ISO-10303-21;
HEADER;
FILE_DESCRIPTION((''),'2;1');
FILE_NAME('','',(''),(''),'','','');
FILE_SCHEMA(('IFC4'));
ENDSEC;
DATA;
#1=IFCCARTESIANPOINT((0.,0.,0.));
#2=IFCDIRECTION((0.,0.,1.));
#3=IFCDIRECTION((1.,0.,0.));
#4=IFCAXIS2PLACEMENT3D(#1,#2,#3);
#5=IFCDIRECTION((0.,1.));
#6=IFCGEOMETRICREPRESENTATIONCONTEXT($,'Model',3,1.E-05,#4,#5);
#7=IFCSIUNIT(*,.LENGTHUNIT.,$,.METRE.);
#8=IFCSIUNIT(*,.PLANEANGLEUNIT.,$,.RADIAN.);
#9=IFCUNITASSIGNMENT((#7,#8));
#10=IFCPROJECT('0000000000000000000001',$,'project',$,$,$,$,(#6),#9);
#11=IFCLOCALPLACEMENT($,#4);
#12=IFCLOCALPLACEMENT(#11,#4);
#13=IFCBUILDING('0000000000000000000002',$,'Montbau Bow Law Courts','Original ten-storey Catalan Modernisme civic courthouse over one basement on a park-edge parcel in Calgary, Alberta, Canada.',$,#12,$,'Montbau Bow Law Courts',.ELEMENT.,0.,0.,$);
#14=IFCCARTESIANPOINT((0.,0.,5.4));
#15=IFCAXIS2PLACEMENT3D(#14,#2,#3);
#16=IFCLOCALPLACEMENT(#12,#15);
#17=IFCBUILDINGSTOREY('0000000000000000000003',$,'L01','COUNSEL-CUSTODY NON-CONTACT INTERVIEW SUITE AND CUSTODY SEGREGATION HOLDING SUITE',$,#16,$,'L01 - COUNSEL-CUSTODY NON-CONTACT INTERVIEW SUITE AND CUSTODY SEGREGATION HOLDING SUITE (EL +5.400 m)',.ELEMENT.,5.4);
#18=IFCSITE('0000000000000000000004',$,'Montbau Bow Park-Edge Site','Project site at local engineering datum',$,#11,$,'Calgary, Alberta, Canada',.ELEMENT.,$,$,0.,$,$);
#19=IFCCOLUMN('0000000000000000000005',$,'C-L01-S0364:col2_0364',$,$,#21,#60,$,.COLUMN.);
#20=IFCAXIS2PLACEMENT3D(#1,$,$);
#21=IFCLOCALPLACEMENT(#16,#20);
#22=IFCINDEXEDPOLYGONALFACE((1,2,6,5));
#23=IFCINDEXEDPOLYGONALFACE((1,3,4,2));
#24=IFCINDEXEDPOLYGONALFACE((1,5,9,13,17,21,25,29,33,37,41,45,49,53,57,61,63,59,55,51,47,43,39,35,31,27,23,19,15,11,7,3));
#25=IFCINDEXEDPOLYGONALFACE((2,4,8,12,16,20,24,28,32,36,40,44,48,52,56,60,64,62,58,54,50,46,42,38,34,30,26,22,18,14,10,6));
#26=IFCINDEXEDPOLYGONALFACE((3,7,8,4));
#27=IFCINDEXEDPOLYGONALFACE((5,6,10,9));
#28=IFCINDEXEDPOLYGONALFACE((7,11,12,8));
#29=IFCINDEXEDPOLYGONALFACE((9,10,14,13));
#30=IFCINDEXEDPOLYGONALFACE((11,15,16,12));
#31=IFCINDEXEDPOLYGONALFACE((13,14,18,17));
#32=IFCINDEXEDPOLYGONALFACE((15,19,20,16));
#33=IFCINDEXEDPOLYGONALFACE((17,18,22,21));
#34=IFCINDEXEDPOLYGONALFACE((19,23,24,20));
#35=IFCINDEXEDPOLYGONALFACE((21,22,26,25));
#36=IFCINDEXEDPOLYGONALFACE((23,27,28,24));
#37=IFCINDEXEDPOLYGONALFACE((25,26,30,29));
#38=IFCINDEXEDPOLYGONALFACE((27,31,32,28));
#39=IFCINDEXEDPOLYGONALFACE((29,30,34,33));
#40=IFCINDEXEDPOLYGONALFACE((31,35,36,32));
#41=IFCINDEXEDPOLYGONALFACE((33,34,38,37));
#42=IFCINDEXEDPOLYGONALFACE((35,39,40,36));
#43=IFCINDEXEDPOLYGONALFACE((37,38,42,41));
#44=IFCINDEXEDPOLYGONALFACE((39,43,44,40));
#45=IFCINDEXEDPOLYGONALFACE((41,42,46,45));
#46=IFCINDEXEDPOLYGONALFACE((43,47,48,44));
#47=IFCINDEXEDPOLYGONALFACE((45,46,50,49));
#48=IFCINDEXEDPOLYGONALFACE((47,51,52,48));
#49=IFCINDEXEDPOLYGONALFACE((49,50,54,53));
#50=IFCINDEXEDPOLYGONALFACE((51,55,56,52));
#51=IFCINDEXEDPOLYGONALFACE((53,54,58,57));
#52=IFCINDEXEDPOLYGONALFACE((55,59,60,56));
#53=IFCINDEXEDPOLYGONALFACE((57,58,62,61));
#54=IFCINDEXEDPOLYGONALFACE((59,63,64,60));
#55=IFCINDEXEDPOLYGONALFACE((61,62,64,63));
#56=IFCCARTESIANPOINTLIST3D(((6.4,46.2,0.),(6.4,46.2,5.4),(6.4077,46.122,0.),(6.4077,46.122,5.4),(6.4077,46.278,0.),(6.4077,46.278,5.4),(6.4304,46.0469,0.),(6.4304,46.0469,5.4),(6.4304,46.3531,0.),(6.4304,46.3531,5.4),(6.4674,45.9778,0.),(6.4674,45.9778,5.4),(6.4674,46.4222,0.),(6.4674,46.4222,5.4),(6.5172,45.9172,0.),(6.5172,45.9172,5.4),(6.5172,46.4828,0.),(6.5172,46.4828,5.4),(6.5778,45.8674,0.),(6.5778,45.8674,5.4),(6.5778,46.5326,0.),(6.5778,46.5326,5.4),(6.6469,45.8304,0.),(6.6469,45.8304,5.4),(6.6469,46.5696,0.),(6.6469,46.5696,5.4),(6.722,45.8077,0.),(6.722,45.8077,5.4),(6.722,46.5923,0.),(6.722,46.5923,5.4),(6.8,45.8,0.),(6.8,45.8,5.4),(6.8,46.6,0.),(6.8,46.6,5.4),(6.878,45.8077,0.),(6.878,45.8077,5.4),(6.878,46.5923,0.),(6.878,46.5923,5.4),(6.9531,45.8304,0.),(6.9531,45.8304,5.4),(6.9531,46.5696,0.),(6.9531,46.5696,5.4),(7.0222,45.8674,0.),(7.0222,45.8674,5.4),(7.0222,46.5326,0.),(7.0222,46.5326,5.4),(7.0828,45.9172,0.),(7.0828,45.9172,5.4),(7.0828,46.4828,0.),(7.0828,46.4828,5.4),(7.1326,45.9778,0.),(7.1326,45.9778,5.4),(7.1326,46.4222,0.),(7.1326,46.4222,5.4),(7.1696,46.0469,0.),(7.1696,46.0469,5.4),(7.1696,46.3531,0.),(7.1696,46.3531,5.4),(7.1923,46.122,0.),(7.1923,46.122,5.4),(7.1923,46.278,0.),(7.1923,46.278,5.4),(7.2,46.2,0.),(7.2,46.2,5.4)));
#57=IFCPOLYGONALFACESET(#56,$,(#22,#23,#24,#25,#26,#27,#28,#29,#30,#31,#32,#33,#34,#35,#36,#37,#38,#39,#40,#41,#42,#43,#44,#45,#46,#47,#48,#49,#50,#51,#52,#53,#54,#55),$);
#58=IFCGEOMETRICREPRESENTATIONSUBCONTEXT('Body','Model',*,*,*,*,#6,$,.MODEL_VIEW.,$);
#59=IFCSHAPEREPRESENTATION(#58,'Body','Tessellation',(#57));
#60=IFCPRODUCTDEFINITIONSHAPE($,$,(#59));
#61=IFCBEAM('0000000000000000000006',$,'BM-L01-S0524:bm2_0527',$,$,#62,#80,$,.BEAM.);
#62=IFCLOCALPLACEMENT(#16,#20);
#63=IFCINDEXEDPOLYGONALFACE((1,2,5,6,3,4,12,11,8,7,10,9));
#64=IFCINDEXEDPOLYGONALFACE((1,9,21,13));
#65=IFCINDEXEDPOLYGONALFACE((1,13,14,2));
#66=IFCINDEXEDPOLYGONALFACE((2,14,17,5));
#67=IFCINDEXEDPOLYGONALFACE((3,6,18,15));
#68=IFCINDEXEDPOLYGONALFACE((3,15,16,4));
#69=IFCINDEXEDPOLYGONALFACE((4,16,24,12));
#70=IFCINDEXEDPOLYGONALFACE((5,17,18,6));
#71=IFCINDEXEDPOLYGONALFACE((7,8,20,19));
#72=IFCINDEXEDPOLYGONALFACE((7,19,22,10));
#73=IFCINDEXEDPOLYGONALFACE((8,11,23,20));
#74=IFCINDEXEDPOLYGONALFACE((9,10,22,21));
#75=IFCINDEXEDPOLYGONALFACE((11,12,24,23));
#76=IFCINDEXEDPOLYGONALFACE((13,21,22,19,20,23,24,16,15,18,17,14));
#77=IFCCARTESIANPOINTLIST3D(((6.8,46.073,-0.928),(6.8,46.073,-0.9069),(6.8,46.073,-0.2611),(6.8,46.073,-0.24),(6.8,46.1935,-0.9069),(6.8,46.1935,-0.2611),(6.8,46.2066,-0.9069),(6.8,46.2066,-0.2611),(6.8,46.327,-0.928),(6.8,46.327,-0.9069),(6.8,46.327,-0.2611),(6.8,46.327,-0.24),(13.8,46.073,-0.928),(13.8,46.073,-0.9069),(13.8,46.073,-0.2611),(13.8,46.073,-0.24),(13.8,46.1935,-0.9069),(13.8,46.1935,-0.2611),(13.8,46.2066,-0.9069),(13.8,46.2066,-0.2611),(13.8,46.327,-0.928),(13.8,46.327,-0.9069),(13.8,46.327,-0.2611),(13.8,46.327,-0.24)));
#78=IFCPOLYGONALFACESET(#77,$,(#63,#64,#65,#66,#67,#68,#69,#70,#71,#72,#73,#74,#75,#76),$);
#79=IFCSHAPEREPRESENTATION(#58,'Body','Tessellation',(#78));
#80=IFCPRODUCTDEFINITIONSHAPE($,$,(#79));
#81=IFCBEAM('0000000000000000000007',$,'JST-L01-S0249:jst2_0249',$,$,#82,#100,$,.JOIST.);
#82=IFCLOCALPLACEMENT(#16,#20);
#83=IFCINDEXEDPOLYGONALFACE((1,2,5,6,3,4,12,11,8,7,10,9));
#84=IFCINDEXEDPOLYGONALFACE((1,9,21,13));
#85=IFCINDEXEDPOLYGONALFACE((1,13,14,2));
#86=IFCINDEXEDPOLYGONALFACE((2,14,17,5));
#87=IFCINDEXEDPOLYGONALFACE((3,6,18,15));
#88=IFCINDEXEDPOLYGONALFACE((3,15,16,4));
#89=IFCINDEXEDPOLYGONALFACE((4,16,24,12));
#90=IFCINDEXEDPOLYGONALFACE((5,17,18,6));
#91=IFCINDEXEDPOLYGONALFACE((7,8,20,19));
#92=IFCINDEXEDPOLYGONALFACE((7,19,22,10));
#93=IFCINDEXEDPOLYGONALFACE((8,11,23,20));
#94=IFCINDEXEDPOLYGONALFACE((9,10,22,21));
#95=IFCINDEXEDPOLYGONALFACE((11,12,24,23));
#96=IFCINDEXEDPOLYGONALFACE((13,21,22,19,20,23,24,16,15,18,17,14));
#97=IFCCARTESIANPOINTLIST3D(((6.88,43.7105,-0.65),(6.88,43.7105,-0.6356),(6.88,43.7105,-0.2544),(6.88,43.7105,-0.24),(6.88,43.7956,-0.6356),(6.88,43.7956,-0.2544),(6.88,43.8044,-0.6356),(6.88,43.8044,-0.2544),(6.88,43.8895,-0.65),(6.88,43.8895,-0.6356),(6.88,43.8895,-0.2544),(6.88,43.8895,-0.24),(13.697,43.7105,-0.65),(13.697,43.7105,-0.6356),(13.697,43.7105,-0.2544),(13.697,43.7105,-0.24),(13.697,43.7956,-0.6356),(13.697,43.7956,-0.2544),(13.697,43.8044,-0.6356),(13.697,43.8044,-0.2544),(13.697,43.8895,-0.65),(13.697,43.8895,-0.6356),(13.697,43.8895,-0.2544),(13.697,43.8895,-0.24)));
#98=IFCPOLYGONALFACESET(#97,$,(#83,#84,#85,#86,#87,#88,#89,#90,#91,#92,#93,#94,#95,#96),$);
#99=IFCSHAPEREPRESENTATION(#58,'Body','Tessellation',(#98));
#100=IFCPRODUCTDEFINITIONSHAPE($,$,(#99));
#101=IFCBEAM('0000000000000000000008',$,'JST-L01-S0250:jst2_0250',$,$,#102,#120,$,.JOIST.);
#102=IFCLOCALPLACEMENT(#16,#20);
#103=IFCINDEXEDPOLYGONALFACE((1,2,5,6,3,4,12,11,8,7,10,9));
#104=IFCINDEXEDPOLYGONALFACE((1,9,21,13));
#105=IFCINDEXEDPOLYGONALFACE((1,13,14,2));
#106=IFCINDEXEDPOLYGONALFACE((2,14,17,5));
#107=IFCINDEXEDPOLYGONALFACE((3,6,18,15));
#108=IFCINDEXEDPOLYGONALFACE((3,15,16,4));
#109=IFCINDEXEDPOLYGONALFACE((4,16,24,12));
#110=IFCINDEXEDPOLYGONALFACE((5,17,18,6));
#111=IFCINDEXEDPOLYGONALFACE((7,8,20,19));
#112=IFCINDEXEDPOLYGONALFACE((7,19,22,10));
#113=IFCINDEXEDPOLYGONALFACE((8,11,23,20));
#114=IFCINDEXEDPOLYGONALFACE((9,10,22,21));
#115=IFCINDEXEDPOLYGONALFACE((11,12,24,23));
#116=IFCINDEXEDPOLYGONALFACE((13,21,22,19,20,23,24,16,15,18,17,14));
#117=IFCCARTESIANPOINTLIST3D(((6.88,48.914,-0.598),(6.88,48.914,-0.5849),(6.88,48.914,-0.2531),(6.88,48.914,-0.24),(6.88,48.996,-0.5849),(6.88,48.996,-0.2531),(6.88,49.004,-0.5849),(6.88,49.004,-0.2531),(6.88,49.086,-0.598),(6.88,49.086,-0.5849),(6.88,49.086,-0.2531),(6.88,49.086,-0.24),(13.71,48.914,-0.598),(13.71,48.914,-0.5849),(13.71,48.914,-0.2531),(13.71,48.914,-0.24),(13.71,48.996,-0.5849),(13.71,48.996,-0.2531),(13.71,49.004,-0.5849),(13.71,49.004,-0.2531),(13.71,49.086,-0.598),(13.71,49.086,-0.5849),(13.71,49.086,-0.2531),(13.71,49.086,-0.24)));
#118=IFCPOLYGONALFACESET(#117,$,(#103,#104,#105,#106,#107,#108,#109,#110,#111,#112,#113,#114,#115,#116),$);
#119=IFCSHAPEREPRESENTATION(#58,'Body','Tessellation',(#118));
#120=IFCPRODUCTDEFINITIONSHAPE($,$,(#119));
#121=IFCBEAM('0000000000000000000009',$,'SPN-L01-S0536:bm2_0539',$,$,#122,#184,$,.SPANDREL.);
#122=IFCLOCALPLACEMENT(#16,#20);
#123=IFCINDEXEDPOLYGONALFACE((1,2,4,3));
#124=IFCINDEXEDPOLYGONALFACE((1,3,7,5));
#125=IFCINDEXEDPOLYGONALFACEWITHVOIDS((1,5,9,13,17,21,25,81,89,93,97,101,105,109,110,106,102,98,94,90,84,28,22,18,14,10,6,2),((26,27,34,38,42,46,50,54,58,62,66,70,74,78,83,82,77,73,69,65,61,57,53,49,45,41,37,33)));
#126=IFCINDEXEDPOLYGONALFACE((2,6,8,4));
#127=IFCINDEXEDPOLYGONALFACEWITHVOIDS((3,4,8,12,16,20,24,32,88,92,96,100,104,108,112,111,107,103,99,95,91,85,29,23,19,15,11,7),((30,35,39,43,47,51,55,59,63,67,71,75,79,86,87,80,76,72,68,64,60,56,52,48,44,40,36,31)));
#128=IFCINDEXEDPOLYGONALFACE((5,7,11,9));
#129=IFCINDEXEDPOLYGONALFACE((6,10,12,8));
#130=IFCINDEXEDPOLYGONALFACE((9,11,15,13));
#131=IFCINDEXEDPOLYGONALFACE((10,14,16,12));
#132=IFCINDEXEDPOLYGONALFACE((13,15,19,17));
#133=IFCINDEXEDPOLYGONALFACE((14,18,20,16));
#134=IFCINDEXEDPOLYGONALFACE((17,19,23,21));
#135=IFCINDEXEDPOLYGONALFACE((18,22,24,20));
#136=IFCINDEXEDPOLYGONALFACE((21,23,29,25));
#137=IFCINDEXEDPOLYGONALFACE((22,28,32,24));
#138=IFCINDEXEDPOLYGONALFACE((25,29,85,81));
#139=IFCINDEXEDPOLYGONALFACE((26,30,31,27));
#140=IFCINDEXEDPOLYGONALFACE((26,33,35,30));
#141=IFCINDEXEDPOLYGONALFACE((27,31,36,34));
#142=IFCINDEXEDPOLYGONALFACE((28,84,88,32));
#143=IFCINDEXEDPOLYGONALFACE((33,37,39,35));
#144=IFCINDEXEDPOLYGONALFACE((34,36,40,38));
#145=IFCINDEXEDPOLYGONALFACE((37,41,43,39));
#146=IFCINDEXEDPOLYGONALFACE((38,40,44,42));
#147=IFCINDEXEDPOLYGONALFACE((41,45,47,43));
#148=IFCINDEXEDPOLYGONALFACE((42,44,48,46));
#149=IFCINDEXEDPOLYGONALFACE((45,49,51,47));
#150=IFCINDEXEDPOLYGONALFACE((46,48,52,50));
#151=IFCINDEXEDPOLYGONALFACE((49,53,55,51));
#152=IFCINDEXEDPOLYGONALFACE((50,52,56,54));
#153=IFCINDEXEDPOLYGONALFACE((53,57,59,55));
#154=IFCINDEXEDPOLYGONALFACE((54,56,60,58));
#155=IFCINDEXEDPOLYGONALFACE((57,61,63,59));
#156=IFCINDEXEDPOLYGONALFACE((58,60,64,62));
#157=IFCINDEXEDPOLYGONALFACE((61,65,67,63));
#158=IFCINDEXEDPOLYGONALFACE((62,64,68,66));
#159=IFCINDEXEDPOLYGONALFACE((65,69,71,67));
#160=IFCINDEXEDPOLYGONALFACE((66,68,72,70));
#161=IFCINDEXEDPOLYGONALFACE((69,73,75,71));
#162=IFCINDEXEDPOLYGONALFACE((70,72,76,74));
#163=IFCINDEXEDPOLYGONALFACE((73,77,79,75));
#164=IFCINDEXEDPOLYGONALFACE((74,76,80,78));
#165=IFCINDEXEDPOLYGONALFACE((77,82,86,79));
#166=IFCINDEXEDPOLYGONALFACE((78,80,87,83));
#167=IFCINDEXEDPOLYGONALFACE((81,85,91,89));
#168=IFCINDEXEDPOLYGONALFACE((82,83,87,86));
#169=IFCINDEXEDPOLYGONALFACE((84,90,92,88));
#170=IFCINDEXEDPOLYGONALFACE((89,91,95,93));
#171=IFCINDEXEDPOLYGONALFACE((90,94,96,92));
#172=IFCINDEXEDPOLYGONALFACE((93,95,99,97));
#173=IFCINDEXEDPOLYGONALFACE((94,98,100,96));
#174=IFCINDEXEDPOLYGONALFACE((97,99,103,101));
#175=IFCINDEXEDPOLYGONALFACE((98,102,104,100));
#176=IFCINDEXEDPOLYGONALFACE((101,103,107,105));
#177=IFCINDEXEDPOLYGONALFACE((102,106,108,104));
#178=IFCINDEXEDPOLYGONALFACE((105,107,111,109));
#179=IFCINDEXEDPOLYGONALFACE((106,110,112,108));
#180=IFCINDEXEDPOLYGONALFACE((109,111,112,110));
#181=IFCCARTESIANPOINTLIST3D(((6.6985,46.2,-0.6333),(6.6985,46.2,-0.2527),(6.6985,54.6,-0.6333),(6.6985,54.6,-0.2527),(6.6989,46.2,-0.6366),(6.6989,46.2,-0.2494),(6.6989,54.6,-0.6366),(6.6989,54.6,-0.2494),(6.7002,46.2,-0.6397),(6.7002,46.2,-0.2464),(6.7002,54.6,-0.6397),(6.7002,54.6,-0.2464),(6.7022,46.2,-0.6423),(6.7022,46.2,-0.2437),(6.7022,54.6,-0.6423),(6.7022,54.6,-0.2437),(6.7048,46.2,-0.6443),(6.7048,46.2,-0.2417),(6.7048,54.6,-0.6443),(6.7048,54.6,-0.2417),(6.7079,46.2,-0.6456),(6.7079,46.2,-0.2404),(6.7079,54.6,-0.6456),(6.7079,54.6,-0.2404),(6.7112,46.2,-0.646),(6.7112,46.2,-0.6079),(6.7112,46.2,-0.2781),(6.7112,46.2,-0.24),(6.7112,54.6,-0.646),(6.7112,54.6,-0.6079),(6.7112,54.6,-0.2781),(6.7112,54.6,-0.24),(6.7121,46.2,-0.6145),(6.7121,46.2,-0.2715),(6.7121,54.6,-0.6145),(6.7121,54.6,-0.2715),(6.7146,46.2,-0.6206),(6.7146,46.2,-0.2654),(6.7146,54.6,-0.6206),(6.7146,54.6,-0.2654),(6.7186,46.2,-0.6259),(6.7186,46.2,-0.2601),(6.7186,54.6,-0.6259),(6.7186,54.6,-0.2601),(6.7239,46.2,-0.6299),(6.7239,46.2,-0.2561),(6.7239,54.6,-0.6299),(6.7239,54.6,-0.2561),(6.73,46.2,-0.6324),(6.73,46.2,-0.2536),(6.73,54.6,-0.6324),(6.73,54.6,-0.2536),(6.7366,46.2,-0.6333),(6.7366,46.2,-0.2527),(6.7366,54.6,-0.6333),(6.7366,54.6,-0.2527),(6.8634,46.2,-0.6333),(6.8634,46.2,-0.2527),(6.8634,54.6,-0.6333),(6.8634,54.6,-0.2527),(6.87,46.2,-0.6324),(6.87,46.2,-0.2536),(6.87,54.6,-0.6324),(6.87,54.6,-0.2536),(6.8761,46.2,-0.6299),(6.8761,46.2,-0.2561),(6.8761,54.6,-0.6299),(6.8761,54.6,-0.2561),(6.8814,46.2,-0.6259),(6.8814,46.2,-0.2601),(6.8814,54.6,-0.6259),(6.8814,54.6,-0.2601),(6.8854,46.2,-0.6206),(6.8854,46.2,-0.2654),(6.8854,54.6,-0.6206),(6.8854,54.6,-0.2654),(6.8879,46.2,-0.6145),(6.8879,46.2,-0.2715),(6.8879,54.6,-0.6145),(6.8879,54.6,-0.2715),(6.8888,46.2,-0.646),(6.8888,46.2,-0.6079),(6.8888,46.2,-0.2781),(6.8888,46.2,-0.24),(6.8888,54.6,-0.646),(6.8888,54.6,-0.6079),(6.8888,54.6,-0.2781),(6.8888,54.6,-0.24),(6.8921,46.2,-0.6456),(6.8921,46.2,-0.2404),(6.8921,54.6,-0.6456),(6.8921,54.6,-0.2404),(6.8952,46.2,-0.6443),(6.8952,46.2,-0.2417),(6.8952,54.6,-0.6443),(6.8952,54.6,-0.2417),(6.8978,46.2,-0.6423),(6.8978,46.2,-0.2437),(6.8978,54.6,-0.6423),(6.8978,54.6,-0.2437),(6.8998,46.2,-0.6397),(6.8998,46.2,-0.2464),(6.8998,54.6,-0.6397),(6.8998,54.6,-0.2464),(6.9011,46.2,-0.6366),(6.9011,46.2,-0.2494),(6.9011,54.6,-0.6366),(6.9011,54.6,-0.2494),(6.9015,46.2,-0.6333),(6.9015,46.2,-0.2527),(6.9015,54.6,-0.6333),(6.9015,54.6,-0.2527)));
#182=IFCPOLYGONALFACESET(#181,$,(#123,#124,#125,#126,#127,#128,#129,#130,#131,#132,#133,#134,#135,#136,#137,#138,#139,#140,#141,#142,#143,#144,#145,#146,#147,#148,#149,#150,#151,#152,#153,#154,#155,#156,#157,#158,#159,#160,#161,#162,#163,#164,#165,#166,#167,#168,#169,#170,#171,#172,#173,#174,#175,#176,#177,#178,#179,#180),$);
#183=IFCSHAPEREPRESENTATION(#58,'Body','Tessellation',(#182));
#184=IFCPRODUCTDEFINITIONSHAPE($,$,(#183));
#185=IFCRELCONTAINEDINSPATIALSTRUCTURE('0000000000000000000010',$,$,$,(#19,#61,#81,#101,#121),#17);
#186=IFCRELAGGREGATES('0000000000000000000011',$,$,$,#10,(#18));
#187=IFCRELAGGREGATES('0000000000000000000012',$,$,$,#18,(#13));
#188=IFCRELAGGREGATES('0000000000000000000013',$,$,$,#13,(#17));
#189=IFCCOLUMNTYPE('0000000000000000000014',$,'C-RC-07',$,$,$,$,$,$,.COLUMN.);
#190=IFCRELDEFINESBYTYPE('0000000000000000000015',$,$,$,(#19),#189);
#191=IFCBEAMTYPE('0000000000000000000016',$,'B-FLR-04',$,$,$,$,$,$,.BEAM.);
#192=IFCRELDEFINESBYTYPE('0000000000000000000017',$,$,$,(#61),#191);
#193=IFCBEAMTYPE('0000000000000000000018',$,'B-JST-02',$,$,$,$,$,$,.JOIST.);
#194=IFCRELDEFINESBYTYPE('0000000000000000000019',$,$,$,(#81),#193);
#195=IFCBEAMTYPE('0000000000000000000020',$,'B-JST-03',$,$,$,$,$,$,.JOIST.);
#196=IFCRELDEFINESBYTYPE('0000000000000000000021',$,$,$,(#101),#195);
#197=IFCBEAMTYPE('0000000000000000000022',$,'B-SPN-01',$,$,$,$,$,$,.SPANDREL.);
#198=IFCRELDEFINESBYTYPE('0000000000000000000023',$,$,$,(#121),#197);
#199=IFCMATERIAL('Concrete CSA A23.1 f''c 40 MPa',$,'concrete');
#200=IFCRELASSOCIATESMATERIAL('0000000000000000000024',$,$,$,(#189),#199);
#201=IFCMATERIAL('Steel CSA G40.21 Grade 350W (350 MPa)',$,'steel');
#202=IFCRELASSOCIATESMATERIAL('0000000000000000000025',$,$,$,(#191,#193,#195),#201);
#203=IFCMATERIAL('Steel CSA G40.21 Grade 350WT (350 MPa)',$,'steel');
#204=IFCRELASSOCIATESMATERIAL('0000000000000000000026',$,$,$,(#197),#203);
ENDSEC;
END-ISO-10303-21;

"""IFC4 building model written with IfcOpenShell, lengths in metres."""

from ifc_helpers import new_model, si_unit, direction, frame, origin_with_axes, origin_2d_with_axis, place, context, subcontext, project, spatial, hollow_rectangle, circle, i_section, extrude, material, material_profile, profile_set, type_object, element, save


model = new_model("IFC4")

# Units and contexts
model_context = context("Model", 3, precision=1e-05, world=origin_with_axes(), true_north=direction((0.0, 1.0)))
body_context = subcontext(model_context, "Body", "Model", "MODEL_VIEW")
ifc_project = project(units=[si_unit("LENGTHUNIT", "METRE"), si_unit("PLANEANGLEUNIT", "RADIAN")], contexts=[model_context])

# Site, building, storey
site_placement = place(None, origin_with_axes())
site = spatial("IfcSite", under=ifc_project, at=site_placement, Name="Montbau Bow Park-Edge Site", Description="Project site at local engineering datum", LongName="Calgary, Alberta, Canada", CompositionType="ELEMENT", RefElevation=0.0)
building_placement = place(site_placement, origin_with_axes())
building = spatial("IfcBuilding", under=site, at=building_placement, Name="Montbau Bow Law Courts", Description="Original ten-storey Catalan Modernisme civic courthouse over one basement on a park-edge parcel in Calgary, Alberta, Canada.", LongName="Montbau Bow Law Courts", CompositionType="ELEMENT", ElevationOfRefHeight=0.0, ElevationOfTerrain=0.0)
storey_placement = place(building_placement, frame((0.0, 0.0, 5.4), z_axis=(0.0, 0.0, 1.0), x_axis=(1.0, 0.0, 0.0)))
storey = spatial("IfcBuildingStorey", under=building, at=storey_placement, Name="L01", Description="COUNSEL-CUSTODY NON-CONTACT INTERVIEW SUITE AND CUSTODY SEGREGATION HOLDING SUITE", LongName="L01 - COUNSEL-CUSTODY NON-CONTACT INTERVIEW SUITE AND CUSTODY SEGREGATION HOLDING SUITE (EL +5.400 m)", CompositionType="ELEMENT", Elevation=5.4)

# Column
ifc_material_1 = material(Name="Concrete CSA A23.1 f'c 40 MPa", Category="concrete")
ifc_material_profile_1 = material_profile(ifc_material_1, circle(Radius=0.4, at=origin_2d_with_axis()), Name="RC800D", Category="Main", Priority=0)
ifc_profile_set_1 = profile_set([ifc_material_profile_1], Name="Concrete CSA A23.1 f'c 40 MPa")
column_type = type_object("IfcColumnType", Name="C-RC-07", PredefinedType="COLUMN", material=ifc_profile_set_1)
column_placement = place(None, frame((6.8, 46.2, 5.4), z_axis=(0.0, 0.0, 1.0), x_axis=(1.0, 0.0, 0.0)))
element("IfcColumn", 1, at=column_placement, inside=storey, type_object=column_type, Name="C-L01-S0364:col2_0364", PredefinedType="COLUMN", context=body_context, shape_type="SweptSolid", body=[
    extrude(circle(Radius=0.4, at=origin_2d_with_axis()), origin_with_axes(), (0.0, 0.0, 1.0), 5.4),
])

# Beams
ifc_material_2 = material(Name="Steel CSA G40.21 Grade 350W (350 MPa)", Category="steel")
ifc_material_profile_2 = material_profile(ifc_material_2, i_section(OverallWidth=0.254, OverallDepth=0.688, WebThickness=0.0131, FlangeThickness=0.0211, at=origin_2d_with_axis()), Name="W690X152", Category="Main", Priority=0)
ifc_profile_set_2 = profile_set([ifc_material_profile_2], Name="Steel CSA G40.21 Grade 350W (350 MPa)")
beam_type_1 = type_object("IfcBeamType", Name="B-FLR-04", PredefinedType="BEAM", material=ifc_profile_set_2)
beam_1_placement = place(None, frame((6.8, 46.2, 4.816), z_axis=(1.0, 0.0, 0.0), x_axis=(0.0, 1.0, 0.0)))
element("IfcBeam", 2, at=beam_1_placement, inside=storey, type_object=beam_type_1, Name="BM-L01-S0524:bm2_0527", PredefinedType="BEAM", context=body_context, shape_type="SweptSolid", body=[
    extrude(i_section(OverallWidth=0.254, OverallDepth=0.688, WebThickness=0.0131, FlangeThickness=0.0211, at=origin_2d_with_axis()), origin_with_axes(), (0.0, 0.0, 1.0), 7.0),
])
ifc_material_profile_3 = material_profile(ifc_material_2, i_section(OverallWidth=0.179, OverallDepth=0.41, WebThickness=0.0088, FlangeThickness=0.0144, at=origin_2d_with_axis()), Name="W410X67", Category="Main", Priority=0)
ifc_profile_set_3 = profile_set([ifc_material_profile_3], Name="Steel CSA G40.21 Grade 350W (350 MPa)")
beam_type_2 = type_object("IfcBeamType", Name="B-JST-02", PredefinedType="JOIST", material=ifc_profile_set_3)
beam_2_placement = place(None, frame((6.88, 43.8, 4.955), z_axis=(1.0, 0.0, 0.0), x_axis=(0.0, 1.0, 0.0)))
element("IfcBeam", 3, at=beam_2_placement, inside=storey, type_object=beam_type_2, Name="JST-L01-S0249:jst2_0249", PredefinedType="JOIST", context=body_context, shape_type="SweptSolid", body=[
    extrude(i_section(OverallWidth=0.179, OverallDepth=0.41, WebThickness=0.0088, FlangeThickness=0.0144, at=origin_2d_with_axis()), origin_with_axes(), (0.0, 0.0, 1.0), 6.817),
])
ifc_material_profile_4 = material_profile(ifc_material_2, i_section(OverallWidth=0.172, OverallDepth=0.358, WebThickness=0.0079, FlangeThickness=0.0131, at=origin_2d_with_axis()), Name="W360X57", Category="Main", Priority=0)
ifc_profile_set_4 = profile_set([ifc_material_profile_4], Name="Steel CSA G40.21 Grade 350W (350 MPa)")
beam_type_3 = type_object("IfcBeamType", Name="B-JST-03", PredefinedType="JOIST", material=ifc_profile_set_4)
beam_3_placement = place(None, frame((6.88, 49.0, 4.981), z_axis=(1.0, 0.0, 0.0), x_axis=(0.0, 1.0, 0.0)))
element("IfcBeam", 4, at=beam_3_placement, inside=storey, type_object=beam_type_3, Name="JST-L01-S0250:jst2_0250", PredefinedType="JOIST", context=body_context, shape_type="SweptSolid", body=[
    extrude(i_section(OverallWidth=0.172, OverallDepth=0.358, WebThickness=0.0079, FlangeThickness=0.0131, at=origin_2d_with_axis()), origin_with_axes(), (0.0, 0.0, 1.0), 6.83),
])
ifc_material_3 = material(Name="Steel CSA G40.21 Grade 350WT (350 MPa)", Category="steel")
ifc_material_profile_5 = material_profile(ifc_material_3, hollow_rectangle(XDim=0.203, YDim=0.406, WallThickness=0.0127, InnerFilletRadius=0.0254, OuterFilletRadius=0.0127, at=origin_2d_with_axis()), Name="HSS406X203X13", Category="Main", Priority=0)
ifc_profile_set_5 = profile_set([ifc_material_profile_5], Name="Steel CSA G40.21 Grade 350WT (350 MPa)")
beam_type_4 = type_object("IfcBeamType", Name="B-SPN-01", PredefinedType="SPANDREL", material=ifc_profile_set_5)
beam_4_placement = place(None, frame((6.8, 46.2, 4.957), z_axis=(0.0, 1.0, 0.0), x_axis=(-1.0, 0.0, 0.0)))
element("IfcBeam", 5, at=beam_4_placement, inside=storey, type_object=beam_type_4, Name="SPN-L01-S0536:bm2_0539", PredefinedType="SPANDREL", context=body_context, shape_type="SweptSolid", body=[
    extrude(hollow_rectangle(XDim=0.203, YDim=0.406, WallThickness=0.0127, InnerFilletRadius=0.0254, OuterFilletRadius=0.0127, at=origin_2d_with_axis()), origin_with_axes(), (0.0, 0.0, 1.0), 8.4),
])

save(model, "model.ifc")
